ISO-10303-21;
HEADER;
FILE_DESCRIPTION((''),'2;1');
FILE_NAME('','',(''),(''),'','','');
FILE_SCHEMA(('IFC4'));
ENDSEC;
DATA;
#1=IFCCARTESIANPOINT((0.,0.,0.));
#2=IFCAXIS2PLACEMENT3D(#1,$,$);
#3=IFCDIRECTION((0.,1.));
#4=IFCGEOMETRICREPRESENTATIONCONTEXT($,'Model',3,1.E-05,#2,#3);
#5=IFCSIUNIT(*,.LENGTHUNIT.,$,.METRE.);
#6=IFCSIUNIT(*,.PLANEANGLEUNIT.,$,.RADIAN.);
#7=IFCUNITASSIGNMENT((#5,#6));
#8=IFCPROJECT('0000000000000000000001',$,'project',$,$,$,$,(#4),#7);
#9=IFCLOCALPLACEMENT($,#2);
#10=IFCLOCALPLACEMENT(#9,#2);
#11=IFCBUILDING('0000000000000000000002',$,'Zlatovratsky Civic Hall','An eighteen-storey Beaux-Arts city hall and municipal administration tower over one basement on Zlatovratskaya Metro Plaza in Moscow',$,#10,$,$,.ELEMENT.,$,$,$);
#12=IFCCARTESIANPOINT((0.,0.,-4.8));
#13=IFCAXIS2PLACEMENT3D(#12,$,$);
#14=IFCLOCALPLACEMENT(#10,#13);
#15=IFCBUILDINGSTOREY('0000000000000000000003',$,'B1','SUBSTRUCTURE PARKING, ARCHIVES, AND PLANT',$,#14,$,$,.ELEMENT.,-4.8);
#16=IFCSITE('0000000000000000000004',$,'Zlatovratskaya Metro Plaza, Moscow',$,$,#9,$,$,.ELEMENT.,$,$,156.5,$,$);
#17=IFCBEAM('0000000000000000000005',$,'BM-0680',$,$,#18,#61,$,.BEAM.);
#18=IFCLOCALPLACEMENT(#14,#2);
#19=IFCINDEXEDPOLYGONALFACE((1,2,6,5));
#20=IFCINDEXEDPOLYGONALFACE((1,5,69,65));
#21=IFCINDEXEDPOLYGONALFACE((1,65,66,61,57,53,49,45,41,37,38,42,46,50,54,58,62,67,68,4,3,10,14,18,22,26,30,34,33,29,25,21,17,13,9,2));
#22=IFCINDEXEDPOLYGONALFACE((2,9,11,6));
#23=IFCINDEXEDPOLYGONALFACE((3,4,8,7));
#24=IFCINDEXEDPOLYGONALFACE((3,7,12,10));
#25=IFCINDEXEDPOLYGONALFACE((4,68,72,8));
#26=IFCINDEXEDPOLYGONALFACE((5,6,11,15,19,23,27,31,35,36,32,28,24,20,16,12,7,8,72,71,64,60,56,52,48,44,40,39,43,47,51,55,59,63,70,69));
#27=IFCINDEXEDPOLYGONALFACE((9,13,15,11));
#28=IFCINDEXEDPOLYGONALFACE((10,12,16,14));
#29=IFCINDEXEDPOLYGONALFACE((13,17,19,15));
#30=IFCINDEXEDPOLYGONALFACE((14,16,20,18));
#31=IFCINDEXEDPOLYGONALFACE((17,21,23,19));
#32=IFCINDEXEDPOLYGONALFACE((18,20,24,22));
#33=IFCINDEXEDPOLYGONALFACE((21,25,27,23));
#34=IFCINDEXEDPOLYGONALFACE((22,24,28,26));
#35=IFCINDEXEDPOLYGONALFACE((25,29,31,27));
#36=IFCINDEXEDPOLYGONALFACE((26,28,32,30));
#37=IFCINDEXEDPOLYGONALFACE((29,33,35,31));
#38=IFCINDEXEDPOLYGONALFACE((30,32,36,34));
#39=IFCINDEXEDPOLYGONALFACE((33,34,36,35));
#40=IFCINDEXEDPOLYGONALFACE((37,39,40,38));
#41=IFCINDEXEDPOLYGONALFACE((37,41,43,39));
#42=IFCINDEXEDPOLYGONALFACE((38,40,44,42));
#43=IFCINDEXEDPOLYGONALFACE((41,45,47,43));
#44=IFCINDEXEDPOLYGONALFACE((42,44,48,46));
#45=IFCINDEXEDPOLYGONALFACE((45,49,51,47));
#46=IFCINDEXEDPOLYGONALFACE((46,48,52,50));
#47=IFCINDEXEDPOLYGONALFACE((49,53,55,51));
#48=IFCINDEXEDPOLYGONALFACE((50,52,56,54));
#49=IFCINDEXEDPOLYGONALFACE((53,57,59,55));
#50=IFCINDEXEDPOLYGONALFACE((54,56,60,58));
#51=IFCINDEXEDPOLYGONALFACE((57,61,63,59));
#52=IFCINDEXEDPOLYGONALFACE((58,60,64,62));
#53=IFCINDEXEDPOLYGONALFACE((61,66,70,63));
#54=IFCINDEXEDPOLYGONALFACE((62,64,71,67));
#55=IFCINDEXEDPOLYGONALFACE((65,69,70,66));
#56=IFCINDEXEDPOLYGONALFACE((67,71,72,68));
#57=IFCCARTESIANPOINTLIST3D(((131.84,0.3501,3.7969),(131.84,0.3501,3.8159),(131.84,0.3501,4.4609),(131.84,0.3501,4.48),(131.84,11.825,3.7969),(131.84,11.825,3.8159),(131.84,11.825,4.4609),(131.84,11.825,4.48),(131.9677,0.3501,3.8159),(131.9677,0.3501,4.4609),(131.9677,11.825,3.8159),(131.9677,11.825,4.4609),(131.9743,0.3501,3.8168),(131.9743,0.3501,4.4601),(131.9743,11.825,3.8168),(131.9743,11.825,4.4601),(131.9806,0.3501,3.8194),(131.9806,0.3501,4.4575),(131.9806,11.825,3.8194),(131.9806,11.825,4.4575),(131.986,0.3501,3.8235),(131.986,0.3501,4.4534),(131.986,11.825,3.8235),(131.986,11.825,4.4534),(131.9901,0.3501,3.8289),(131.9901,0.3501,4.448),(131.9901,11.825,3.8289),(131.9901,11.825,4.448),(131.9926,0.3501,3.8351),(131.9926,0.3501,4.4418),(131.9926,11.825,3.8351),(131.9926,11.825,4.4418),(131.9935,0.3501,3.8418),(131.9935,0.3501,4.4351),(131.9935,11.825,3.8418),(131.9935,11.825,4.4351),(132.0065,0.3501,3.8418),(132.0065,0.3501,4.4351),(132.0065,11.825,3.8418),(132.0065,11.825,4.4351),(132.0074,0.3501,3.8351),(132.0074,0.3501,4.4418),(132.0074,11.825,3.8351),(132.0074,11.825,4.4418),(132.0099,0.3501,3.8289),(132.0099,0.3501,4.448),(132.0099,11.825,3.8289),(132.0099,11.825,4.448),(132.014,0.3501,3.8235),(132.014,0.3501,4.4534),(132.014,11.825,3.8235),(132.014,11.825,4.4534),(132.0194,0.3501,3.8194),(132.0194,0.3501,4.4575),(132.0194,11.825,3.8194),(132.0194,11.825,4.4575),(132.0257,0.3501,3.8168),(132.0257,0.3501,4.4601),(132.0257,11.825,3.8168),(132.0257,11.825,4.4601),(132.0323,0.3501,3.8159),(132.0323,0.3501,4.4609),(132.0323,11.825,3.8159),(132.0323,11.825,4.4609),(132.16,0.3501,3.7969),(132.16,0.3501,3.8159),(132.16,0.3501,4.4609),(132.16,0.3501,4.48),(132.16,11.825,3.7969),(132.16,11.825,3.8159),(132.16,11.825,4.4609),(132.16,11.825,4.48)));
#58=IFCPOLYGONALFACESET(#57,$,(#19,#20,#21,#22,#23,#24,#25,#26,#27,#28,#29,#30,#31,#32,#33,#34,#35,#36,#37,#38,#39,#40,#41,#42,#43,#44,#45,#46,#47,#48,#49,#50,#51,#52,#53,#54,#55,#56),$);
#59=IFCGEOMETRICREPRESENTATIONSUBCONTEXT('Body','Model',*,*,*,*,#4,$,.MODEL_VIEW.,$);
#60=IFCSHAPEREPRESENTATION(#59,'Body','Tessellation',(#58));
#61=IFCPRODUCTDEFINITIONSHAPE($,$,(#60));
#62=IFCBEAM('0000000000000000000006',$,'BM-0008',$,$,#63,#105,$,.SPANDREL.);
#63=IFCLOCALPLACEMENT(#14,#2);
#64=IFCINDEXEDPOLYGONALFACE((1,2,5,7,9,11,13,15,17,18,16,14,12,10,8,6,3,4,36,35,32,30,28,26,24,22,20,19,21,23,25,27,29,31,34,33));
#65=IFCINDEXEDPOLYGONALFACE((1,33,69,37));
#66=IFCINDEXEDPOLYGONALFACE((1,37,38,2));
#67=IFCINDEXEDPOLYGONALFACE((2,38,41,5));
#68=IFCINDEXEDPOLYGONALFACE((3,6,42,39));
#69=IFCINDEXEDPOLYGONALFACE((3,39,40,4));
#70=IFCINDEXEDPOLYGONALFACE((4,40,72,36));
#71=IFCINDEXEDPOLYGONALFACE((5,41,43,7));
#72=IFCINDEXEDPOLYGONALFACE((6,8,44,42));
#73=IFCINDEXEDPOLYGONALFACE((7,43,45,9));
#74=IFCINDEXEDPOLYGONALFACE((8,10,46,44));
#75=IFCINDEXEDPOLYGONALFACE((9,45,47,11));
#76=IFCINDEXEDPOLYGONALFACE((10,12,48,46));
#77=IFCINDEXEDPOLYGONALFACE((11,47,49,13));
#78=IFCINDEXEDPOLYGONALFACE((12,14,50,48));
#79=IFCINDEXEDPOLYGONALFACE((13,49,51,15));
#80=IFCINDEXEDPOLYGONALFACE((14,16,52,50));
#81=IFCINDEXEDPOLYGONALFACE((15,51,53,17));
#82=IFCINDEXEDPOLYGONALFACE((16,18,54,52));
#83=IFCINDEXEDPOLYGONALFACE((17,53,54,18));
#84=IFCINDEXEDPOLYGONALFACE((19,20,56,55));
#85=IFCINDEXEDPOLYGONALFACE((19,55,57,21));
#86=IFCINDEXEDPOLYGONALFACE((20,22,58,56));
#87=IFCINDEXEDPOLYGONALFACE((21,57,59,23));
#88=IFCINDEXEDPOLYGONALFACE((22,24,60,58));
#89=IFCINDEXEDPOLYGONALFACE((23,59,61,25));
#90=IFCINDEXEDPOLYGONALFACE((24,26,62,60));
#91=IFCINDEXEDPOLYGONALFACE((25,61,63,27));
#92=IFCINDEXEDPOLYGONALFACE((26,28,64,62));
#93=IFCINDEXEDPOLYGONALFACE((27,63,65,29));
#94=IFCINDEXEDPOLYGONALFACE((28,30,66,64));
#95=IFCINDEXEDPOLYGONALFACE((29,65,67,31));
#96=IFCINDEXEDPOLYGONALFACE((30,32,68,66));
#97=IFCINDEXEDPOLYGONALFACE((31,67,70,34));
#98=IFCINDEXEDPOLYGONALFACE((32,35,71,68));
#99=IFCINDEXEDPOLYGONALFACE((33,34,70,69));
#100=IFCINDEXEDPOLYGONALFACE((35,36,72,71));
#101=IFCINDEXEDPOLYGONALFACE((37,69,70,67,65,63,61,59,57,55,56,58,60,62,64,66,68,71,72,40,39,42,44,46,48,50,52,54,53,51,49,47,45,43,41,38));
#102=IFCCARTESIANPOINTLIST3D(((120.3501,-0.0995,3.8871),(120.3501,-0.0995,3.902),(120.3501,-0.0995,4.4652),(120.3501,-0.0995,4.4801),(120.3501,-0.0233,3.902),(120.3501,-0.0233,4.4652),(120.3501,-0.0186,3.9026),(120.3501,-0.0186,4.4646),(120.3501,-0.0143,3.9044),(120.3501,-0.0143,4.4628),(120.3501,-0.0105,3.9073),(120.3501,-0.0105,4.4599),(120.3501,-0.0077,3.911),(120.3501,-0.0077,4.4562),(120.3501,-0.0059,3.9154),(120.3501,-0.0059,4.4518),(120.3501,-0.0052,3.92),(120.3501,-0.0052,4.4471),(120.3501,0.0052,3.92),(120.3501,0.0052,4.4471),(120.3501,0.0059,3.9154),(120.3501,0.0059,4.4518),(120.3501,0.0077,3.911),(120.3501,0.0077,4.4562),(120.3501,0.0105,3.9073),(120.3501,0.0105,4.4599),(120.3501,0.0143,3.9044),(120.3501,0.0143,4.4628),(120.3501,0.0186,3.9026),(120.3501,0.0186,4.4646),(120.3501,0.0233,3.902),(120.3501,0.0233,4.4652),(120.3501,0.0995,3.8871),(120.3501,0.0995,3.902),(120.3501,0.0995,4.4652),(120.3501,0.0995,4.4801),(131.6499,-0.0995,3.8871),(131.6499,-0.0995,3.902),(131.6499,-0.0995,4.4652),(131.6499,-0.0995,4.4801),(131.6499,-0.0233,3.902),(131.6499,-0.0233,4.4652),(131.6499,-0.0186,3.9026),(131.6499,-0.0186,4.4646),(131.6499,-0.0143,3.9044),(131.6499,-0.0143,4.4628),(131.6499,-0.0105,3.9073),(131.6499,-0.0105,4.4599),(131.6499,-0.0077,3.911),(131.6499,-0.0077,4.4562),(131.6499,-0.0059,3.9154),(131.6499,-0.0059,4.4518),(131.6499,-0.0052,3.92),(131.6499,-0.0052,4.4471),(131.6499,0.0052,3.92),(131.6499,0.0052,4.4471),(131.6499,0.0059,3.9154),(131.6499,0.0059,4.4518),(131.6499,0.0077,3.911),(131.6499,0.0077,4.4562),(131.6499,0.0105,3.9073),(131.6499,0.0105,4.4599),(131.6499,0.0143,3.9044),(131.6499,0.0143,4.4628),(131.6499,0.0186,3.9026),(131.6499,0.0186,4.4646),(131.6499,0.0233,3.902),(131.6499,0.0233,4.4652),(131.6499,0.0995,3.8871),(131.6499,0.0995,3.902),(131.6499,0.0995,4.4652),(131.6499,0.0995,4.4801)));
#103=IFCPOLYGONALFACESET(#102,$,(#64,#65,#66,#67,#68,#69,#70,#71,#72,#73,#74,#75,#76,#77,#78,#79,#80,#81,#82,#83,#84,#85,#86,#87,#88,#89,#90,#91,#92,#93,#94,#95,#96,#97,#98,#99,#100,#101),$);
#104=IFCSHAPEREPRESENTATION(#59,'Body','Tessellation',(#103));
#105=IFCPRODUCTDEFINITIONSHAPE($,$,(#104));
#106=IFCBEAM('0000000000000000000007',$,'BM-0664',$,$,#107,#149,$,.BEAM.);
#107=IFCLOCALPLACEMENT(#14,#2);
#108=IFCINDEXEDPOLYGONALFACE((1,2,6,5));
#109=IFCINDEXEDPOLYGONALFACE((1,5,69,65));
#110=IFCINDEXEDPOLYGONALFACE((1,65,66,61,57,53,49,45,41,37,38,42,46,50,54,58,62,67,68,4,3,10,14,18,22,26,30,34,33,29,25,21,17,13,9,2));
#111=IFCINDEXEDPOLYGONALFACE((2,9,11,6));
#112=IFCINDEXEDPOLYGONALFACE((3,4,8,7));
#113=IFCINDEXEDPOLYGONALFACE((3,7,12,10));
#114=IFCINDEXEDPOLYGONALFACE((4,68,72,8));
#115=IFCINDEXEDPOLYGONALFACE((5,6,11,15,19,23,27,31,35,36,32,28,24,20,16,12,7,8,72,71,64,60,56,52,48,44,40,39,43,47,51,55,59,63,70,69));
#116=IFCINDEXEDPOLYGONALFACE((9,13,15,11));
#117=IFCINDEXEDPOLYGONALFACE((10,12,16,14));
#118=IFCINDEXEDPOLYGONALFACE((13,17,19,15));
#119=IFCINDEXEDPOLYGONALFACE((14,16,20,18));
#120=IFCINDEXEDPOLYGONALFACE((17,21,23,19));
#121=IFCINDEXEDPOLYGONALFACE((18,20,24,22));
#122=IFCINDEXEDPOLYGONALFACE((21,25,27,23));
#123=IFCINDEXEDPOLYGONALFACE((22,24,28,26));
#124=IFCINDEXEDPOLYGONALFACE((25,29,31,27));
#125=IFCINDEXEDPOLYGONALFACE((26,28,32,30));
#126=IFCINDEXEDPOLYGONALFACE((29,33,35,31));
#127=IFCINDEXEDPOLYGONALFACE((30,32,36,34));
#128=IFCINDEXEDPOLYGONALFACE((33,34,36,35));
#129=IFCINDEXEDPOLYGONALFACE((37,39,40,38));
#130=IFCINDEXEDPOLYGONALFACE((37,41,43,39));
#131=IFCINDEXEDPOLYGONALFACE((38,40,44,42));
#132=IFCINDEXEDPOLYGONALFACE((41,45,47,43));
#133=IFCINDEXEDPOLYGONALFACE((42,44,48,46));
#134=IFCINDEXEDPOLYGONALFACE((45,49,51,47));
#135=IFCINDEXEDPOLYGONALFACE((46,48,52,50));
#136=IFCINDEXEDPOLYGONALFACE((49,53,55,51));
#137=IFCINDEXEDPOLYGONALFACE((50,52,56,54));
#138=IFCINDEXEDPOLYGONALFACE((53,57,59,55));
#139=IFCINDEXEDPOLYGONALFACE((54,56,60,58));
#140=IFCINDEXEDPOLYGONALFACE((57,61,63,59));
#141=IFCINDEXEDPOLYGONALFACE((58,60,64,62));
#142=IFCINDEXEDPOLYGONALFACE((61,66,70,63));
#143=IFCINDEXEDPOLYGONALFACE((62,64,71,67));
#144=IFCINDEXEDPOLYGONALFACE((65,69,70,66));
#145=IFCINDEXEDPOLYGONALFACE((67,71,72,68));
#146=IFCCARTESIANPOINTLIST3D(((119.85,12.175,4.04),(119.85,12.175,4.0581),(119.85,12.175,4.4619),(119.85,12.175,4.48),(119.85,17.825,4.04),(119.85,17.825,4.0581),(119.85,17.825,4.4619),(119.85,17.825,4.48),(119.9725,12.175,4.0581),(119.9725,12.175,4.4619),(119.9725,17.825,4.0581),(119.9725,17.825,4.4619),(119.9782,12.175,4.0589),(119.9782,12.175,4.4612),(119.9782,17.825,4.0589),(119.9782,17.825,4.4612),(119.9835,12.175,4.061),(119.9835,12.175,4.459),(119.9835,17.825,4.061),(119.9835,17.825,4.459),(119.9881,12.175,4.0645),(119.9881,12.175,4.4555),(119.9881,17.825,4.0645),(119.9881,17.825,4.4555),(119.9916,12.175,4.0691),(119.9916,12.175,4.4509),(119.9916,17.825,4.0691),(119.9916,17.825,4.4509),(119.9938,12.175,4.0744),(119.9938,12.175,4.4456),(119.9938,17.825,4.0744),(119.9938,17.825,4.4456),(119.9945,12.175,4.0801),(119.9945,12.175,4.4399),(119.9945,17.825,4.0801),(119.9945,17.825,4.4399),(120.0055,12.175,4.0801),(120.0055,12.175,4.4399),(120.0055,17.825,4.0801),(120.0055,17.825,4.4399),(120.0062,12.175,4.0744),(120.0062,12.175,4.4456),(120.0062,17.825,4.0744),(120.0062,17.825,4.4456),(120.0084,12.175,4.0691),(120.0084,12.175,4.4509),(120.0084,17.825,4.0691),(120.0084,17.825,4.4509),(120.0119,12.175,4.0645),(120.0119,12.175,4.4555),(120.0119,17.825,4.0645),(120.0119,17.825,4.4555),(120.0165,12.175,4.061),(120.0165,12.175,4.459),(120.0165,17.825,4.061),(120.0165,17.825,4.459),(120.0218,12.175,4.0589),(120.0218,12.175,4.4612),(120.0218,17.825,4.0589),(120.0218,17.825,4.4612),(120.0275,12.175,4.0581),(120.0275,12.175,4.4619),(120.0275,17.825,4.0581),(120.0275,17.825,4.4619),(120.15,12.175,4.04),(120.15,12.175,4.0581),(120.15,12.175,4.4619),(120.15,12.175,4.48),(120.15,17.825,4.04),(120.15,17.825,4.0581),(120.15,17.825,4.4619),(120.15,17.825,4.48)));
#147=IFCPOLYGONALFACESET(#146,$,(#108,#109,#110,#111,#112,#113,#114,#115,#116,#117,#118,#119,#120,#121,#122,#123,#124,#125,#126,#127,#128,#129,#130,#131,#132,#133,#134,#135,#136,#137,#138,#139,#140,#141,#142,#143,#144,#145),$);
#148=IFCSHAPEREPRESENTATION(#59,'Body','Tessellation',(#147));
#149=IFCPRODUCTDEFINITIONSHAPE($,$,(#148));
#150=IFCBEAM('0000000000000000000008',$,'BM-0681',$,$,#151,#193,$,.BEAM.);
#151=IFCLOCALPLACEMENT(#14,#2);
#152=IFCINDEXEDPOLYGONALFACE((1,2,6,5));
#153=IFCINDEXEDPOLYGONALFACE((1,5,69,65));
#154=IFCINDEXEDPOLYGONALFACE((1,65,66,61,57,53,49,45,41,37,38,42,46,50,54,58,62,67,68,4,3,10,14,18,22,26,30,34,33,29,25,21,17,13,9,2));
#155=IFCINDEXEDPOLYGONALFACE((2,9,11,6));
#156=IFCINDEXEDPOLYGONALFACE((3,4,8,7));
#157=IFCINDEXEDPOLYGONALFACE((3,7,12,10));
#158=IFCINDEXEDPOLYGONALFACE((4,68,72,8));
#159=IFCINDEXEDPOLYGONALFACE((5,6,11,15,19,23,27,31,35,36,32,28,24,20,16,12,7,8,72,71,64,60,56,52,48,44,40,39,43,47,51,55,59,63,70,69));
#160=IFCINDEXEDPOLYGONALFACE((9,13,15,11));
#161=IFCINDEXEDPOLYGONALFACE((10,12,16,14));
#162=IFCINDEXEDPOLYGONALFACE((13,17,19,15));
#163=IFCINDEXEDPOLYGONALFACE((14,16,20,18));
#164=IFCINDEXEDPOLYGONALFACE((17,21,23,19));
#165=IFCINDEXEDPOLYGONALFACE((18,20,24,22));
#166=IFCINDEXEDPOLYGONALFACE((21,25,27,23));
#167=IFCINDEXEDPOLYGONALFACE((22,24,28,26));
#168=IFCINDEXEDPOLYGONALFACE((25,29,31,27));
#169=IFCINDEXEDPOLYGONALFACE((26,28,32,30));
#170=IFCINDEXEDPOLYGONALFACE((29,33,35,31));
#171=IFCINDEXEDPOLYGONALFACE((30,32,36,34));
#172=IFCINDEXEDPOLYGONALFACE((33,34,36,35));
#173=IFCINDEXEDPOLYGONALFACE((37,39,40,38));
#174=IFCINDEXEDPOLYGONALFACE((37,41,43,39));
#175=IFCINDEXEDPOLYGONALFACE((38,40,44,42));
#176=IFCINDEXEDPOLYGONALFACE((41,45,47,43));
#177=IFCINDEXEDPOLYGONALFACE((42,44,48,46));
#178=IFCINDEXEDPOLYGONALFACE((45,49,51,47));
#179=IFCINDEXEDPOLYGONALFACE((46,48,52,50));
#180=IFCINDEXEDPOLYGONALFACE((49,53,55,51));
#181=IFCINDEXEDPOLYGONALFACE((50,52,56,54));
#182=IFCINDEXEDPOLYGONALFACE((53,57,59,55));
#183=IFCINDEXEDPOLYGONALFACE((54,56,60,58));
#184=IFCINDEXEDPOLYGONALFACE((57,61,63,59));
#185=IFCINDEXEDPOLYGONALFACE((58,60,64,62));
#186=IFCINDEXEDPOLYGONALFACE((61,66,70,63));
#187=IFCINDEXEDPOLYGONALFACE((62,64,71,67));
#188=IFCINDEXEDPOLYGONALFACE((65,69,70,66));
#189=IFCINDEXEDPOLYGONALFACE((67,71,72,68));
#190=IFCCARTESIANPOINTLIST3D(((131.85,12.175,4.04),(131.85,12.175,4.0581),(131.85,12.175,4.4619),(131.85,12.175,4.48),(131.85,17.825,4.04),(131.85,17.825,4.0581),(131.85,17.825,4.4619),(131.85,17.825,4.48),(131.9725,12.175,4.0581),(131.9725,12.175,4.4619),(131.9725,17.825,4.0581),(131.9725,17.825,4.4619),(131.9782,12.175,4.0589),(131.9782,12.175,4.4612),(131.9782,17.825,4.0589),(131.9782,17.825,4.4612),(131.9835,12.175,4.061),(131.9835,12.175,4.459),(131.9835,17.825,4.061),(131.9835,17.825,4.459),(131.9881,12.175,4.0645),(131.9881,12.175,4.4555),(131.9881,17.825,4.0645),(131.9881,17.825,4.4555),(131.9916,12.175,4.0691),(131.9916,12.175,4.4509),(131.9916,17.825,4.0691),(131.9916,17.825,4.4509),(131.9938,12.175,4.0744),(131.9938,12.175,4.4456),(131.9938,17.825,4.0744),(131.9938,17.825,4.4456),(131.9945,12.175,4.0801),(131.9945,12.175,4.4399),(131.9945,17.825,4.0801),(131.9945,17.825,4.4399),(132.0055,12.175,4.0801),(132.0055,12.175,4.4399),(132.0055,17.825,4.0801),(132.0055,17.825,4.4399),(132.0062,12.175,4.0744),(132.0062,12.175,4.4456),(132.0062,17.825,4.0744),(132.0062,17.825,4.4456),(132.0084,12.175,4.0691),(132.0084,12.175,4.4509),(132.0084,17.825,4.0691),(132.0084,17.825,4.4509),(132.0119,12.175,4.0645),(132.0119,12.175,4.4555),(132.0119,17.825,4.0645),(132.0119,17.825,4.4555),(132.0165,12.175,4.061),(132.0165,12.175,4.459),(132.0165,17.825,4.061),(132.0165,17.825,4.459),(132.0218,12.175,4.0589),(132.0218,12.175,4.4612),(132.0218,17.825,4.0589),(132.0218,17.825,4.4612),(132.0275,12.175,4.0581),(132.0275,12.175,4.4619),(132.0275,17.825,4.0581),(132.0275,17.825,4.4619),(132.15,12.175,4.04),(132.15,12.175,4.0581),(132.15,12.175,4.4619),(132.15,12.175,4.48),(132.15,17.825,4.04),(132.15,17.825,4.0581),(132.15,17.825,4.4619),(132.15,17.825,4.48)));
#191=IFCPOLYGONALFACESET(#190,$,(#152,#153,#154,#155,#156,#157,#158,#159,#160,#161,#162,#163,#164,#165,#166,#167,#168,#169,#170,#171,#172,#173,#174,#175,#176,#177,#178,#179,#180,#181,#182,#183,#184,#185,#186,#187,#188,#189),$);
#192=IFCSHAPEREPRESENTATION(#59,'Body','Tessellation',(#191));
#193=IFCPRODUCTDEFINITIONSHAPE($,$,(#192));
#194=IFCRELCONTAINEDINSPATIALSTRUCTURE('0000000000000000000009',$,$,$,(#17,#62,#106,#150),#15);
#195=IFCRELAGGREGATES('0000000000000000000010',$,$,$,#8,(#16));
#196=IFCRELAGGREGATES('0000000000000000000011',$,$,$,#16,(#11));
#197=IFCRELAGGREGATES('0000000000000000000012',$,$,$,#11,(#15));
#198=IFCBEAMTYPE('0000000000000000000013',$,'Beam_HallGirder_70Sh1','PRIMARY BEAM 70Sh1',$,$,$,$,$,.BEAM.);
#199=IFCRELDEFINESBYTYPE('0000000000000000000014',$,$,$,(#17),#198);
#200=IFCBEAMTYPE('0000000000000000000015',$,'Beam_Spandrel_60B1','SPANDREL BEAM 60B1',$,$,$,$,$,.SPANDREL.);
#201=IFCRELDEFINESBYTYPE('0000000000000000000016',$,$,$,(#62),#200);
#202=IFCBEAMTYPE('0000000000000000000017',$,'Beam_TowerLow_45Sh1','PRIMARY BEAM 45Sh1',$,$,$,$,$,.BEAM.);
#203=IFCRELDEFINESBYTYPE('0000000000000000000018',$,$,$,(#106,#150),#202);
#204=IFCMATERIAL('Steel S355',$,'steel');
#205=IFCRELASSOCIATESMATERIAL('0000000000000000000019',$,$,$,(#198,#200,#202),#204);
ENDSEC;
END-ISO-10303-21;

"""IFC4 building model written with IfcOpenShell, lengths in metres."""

from ifc_helpers import new_model, si_unit, direction, frame, origin, origin_2d, place, context, subcontext, project, spatial, i_section, extrude, material, material_profile, profile_set, type_object, element, save


model = new_model("IFC4")

# Units and contexts
model_context = context("Model", 3, precision=1e-05, world=origin(), true_north=direction((0.0, 1.0)))
body_context = subcontext(model_context, "Body", "Model", "MODEL_VIEW")
ifc_project = project(units=[si_unit("LENGTHUNIT", "METRE"), si_unit("PLANEANGLEUNIT", "RADIAN")], contexts=[model_context])

# Site, building, storey
site_placement = place(None, origin())
site = spatial("IfcSite", under=ifc_project, at=site_placement, Name="Zlatovratskaya Metro Plaza, Moscow", CompositionType="ELEMENT", RefElevation=156.5)
building_placement = place(site_placement, origin())
building = spatial("IfcBuilding", under=site, at=building_placement, Name="Zlatovratsky Civic Hall", Description="An eighteen-storey Beaux-Arts city hall and municipal administration tower over one basement on Zlatovratskaya Metro Plaza in Moscow", CompositionType="ELEMENT")
storey_placement = place(building_placement, frame((0.0, 0.0, -4.8)))
storey = spatial("IfcBuildingStorey", under=building, at=storey_placement, Name="B1", Description="SUBSTRUCTURE PARKING, ARCHIVES, AND PLANT", CompositionType="ELEMENT", Elevation=-4.8)

# Shared definitions
ifc_material_1 = material(Name="Steel S355", Category="steel")

# Beams
ifc_material_profile_1 = material_profile(ifc_material_1, i_section(OverallWidth=0.3201, OverallDepth=0.6831, WebThickness=0.0129, FlangeThickness=0.019, FilletRadius=0.0259, at=origin_2d()), Name="70Sh1")
ifc_profile_set_1 = profile_set([ifc_material_profile_1], Name="Steel S355")
beam_type_1 = type_object("IfcBeamType", Name="Beam_HallGirder_70Sh1", Description="PRIMARY BEAM 70Sh1", PredefinedType="BEAM", material=ifc_profile_set_1)
for number, where, z_axis, x_axis, name in (
    (1, (132.0, 0.3501, 4.1384), (0.0, 1.0, 0.0), (-1.0, 0.0, 0.0), "BM-0680"),
):
    element("IfcBeam", number, at=place(storey_placement, frame(where, z_axis=z_axis, x_axis=x_axis)), inside=storey, type_object=beam_type_1, Name=name, PredefinedType="BEAM", context=body_context, shape_type="SweptSolid", body=[
        extrude(i_section(OverallWidth=0.3201, OverallDepth=0.6831, WebThickness=0.0129, FlangeThickness=0.019, FilletRadius=0.0259, at=origin_2d()), origin(), (0.0, 0.0, 1.0), 11.4749),
    ])
ifc_material_profile_2 = material_profile(ifc_material_1, i_section(OverallWidth=0.199, OverallDepth=0.593, WebThickness=0.0105, FlangeThickness=0.0149, FilletRadius=0.0181, at=origin_2d()), Name="60B1")
ifc_profile_set_2 = profile_set([ifc_material_profile_2], Name="Steel S355")
beam_type_2 = type_object("IfcBeamType", Name="Beam_Spandrel_60B1", Description="SPANDREL BEAM 60B1", PredefinedType="SPANDREL", material=ifc_profile_set_2)
beam_1_placement = place(storey_placement, frame((120.3501, 0.0, 4.1836), z_axis=(1.0, 0.0, 0.0), x_axis=(0.0, 1.0, 0.0)))
element("IfcBeam", 2, at=beam_1_placement, inside=storey, type_object=beam_type_2, Name="BM-0008", PredefinedType="SPANDREL", context=body_context, shape_type="SweptSolid", body=[
    extrude(i_section(OverallWidth=0.199, OverallDepth=0.593, WebThickness=0.0105, FlangeThickness=0.0149, FilletRadius=0.0181, at=origin_2d()), origin(), (0.0, 0.0, 1.0), 11.2998),
])
ifc_material_profile_3 = material_profile(ifc_material_1, i_section(OverallWidth=0.3, OverallDepth=0.4399, WebThickness=0.011, FlangeThickness=0.0181, FilletRadius=0.022, at=origin_2d()), Name="45Sh1")
ifc_profile_set_3 = profile_set([ifc_material_profile_3], Name="Steel S355")
beam_type_3 = type_object("IfcBeamType", Name="Beam_TowerLow_45Sh1", Description="PRIMARY BEAM 45Sh1", PredefinedType="BEAM", material=ifc_profile_set_3)
for number, where, z_axis, x_axis, name in (
    (3, (120.0, 12.175, 4.26), (0.0, 1.0, 0.0), (-1.0, 0.0, 0.0), "BM-0664"),
    (4, (132.0, 12.175, 4.26), (0.0, 1.0, 0.0), (-1.0, 0.0, 0.0), "BM-0681"),
):
    element("IfcBeam", number, at=place(storey_placement, frame(where, z_axis=z_axis, x_axis=x_axis)), inside=storey, type_object=beam_type_3, Name=name, PredefinedType="BEAM", context=body_context, shape_type="SweptSolid", body=[
        extrude(i_section(OverallWidth=0.3, OverallDepth=0.4399, WebThickness=0.011, FlangeThickness=0.0181, FilletRadius=0.022, at=origin_2d()), origin(), (0.0, 0.0, 1.0), 5.6499),
    ])

save(model, "model.ifc")
